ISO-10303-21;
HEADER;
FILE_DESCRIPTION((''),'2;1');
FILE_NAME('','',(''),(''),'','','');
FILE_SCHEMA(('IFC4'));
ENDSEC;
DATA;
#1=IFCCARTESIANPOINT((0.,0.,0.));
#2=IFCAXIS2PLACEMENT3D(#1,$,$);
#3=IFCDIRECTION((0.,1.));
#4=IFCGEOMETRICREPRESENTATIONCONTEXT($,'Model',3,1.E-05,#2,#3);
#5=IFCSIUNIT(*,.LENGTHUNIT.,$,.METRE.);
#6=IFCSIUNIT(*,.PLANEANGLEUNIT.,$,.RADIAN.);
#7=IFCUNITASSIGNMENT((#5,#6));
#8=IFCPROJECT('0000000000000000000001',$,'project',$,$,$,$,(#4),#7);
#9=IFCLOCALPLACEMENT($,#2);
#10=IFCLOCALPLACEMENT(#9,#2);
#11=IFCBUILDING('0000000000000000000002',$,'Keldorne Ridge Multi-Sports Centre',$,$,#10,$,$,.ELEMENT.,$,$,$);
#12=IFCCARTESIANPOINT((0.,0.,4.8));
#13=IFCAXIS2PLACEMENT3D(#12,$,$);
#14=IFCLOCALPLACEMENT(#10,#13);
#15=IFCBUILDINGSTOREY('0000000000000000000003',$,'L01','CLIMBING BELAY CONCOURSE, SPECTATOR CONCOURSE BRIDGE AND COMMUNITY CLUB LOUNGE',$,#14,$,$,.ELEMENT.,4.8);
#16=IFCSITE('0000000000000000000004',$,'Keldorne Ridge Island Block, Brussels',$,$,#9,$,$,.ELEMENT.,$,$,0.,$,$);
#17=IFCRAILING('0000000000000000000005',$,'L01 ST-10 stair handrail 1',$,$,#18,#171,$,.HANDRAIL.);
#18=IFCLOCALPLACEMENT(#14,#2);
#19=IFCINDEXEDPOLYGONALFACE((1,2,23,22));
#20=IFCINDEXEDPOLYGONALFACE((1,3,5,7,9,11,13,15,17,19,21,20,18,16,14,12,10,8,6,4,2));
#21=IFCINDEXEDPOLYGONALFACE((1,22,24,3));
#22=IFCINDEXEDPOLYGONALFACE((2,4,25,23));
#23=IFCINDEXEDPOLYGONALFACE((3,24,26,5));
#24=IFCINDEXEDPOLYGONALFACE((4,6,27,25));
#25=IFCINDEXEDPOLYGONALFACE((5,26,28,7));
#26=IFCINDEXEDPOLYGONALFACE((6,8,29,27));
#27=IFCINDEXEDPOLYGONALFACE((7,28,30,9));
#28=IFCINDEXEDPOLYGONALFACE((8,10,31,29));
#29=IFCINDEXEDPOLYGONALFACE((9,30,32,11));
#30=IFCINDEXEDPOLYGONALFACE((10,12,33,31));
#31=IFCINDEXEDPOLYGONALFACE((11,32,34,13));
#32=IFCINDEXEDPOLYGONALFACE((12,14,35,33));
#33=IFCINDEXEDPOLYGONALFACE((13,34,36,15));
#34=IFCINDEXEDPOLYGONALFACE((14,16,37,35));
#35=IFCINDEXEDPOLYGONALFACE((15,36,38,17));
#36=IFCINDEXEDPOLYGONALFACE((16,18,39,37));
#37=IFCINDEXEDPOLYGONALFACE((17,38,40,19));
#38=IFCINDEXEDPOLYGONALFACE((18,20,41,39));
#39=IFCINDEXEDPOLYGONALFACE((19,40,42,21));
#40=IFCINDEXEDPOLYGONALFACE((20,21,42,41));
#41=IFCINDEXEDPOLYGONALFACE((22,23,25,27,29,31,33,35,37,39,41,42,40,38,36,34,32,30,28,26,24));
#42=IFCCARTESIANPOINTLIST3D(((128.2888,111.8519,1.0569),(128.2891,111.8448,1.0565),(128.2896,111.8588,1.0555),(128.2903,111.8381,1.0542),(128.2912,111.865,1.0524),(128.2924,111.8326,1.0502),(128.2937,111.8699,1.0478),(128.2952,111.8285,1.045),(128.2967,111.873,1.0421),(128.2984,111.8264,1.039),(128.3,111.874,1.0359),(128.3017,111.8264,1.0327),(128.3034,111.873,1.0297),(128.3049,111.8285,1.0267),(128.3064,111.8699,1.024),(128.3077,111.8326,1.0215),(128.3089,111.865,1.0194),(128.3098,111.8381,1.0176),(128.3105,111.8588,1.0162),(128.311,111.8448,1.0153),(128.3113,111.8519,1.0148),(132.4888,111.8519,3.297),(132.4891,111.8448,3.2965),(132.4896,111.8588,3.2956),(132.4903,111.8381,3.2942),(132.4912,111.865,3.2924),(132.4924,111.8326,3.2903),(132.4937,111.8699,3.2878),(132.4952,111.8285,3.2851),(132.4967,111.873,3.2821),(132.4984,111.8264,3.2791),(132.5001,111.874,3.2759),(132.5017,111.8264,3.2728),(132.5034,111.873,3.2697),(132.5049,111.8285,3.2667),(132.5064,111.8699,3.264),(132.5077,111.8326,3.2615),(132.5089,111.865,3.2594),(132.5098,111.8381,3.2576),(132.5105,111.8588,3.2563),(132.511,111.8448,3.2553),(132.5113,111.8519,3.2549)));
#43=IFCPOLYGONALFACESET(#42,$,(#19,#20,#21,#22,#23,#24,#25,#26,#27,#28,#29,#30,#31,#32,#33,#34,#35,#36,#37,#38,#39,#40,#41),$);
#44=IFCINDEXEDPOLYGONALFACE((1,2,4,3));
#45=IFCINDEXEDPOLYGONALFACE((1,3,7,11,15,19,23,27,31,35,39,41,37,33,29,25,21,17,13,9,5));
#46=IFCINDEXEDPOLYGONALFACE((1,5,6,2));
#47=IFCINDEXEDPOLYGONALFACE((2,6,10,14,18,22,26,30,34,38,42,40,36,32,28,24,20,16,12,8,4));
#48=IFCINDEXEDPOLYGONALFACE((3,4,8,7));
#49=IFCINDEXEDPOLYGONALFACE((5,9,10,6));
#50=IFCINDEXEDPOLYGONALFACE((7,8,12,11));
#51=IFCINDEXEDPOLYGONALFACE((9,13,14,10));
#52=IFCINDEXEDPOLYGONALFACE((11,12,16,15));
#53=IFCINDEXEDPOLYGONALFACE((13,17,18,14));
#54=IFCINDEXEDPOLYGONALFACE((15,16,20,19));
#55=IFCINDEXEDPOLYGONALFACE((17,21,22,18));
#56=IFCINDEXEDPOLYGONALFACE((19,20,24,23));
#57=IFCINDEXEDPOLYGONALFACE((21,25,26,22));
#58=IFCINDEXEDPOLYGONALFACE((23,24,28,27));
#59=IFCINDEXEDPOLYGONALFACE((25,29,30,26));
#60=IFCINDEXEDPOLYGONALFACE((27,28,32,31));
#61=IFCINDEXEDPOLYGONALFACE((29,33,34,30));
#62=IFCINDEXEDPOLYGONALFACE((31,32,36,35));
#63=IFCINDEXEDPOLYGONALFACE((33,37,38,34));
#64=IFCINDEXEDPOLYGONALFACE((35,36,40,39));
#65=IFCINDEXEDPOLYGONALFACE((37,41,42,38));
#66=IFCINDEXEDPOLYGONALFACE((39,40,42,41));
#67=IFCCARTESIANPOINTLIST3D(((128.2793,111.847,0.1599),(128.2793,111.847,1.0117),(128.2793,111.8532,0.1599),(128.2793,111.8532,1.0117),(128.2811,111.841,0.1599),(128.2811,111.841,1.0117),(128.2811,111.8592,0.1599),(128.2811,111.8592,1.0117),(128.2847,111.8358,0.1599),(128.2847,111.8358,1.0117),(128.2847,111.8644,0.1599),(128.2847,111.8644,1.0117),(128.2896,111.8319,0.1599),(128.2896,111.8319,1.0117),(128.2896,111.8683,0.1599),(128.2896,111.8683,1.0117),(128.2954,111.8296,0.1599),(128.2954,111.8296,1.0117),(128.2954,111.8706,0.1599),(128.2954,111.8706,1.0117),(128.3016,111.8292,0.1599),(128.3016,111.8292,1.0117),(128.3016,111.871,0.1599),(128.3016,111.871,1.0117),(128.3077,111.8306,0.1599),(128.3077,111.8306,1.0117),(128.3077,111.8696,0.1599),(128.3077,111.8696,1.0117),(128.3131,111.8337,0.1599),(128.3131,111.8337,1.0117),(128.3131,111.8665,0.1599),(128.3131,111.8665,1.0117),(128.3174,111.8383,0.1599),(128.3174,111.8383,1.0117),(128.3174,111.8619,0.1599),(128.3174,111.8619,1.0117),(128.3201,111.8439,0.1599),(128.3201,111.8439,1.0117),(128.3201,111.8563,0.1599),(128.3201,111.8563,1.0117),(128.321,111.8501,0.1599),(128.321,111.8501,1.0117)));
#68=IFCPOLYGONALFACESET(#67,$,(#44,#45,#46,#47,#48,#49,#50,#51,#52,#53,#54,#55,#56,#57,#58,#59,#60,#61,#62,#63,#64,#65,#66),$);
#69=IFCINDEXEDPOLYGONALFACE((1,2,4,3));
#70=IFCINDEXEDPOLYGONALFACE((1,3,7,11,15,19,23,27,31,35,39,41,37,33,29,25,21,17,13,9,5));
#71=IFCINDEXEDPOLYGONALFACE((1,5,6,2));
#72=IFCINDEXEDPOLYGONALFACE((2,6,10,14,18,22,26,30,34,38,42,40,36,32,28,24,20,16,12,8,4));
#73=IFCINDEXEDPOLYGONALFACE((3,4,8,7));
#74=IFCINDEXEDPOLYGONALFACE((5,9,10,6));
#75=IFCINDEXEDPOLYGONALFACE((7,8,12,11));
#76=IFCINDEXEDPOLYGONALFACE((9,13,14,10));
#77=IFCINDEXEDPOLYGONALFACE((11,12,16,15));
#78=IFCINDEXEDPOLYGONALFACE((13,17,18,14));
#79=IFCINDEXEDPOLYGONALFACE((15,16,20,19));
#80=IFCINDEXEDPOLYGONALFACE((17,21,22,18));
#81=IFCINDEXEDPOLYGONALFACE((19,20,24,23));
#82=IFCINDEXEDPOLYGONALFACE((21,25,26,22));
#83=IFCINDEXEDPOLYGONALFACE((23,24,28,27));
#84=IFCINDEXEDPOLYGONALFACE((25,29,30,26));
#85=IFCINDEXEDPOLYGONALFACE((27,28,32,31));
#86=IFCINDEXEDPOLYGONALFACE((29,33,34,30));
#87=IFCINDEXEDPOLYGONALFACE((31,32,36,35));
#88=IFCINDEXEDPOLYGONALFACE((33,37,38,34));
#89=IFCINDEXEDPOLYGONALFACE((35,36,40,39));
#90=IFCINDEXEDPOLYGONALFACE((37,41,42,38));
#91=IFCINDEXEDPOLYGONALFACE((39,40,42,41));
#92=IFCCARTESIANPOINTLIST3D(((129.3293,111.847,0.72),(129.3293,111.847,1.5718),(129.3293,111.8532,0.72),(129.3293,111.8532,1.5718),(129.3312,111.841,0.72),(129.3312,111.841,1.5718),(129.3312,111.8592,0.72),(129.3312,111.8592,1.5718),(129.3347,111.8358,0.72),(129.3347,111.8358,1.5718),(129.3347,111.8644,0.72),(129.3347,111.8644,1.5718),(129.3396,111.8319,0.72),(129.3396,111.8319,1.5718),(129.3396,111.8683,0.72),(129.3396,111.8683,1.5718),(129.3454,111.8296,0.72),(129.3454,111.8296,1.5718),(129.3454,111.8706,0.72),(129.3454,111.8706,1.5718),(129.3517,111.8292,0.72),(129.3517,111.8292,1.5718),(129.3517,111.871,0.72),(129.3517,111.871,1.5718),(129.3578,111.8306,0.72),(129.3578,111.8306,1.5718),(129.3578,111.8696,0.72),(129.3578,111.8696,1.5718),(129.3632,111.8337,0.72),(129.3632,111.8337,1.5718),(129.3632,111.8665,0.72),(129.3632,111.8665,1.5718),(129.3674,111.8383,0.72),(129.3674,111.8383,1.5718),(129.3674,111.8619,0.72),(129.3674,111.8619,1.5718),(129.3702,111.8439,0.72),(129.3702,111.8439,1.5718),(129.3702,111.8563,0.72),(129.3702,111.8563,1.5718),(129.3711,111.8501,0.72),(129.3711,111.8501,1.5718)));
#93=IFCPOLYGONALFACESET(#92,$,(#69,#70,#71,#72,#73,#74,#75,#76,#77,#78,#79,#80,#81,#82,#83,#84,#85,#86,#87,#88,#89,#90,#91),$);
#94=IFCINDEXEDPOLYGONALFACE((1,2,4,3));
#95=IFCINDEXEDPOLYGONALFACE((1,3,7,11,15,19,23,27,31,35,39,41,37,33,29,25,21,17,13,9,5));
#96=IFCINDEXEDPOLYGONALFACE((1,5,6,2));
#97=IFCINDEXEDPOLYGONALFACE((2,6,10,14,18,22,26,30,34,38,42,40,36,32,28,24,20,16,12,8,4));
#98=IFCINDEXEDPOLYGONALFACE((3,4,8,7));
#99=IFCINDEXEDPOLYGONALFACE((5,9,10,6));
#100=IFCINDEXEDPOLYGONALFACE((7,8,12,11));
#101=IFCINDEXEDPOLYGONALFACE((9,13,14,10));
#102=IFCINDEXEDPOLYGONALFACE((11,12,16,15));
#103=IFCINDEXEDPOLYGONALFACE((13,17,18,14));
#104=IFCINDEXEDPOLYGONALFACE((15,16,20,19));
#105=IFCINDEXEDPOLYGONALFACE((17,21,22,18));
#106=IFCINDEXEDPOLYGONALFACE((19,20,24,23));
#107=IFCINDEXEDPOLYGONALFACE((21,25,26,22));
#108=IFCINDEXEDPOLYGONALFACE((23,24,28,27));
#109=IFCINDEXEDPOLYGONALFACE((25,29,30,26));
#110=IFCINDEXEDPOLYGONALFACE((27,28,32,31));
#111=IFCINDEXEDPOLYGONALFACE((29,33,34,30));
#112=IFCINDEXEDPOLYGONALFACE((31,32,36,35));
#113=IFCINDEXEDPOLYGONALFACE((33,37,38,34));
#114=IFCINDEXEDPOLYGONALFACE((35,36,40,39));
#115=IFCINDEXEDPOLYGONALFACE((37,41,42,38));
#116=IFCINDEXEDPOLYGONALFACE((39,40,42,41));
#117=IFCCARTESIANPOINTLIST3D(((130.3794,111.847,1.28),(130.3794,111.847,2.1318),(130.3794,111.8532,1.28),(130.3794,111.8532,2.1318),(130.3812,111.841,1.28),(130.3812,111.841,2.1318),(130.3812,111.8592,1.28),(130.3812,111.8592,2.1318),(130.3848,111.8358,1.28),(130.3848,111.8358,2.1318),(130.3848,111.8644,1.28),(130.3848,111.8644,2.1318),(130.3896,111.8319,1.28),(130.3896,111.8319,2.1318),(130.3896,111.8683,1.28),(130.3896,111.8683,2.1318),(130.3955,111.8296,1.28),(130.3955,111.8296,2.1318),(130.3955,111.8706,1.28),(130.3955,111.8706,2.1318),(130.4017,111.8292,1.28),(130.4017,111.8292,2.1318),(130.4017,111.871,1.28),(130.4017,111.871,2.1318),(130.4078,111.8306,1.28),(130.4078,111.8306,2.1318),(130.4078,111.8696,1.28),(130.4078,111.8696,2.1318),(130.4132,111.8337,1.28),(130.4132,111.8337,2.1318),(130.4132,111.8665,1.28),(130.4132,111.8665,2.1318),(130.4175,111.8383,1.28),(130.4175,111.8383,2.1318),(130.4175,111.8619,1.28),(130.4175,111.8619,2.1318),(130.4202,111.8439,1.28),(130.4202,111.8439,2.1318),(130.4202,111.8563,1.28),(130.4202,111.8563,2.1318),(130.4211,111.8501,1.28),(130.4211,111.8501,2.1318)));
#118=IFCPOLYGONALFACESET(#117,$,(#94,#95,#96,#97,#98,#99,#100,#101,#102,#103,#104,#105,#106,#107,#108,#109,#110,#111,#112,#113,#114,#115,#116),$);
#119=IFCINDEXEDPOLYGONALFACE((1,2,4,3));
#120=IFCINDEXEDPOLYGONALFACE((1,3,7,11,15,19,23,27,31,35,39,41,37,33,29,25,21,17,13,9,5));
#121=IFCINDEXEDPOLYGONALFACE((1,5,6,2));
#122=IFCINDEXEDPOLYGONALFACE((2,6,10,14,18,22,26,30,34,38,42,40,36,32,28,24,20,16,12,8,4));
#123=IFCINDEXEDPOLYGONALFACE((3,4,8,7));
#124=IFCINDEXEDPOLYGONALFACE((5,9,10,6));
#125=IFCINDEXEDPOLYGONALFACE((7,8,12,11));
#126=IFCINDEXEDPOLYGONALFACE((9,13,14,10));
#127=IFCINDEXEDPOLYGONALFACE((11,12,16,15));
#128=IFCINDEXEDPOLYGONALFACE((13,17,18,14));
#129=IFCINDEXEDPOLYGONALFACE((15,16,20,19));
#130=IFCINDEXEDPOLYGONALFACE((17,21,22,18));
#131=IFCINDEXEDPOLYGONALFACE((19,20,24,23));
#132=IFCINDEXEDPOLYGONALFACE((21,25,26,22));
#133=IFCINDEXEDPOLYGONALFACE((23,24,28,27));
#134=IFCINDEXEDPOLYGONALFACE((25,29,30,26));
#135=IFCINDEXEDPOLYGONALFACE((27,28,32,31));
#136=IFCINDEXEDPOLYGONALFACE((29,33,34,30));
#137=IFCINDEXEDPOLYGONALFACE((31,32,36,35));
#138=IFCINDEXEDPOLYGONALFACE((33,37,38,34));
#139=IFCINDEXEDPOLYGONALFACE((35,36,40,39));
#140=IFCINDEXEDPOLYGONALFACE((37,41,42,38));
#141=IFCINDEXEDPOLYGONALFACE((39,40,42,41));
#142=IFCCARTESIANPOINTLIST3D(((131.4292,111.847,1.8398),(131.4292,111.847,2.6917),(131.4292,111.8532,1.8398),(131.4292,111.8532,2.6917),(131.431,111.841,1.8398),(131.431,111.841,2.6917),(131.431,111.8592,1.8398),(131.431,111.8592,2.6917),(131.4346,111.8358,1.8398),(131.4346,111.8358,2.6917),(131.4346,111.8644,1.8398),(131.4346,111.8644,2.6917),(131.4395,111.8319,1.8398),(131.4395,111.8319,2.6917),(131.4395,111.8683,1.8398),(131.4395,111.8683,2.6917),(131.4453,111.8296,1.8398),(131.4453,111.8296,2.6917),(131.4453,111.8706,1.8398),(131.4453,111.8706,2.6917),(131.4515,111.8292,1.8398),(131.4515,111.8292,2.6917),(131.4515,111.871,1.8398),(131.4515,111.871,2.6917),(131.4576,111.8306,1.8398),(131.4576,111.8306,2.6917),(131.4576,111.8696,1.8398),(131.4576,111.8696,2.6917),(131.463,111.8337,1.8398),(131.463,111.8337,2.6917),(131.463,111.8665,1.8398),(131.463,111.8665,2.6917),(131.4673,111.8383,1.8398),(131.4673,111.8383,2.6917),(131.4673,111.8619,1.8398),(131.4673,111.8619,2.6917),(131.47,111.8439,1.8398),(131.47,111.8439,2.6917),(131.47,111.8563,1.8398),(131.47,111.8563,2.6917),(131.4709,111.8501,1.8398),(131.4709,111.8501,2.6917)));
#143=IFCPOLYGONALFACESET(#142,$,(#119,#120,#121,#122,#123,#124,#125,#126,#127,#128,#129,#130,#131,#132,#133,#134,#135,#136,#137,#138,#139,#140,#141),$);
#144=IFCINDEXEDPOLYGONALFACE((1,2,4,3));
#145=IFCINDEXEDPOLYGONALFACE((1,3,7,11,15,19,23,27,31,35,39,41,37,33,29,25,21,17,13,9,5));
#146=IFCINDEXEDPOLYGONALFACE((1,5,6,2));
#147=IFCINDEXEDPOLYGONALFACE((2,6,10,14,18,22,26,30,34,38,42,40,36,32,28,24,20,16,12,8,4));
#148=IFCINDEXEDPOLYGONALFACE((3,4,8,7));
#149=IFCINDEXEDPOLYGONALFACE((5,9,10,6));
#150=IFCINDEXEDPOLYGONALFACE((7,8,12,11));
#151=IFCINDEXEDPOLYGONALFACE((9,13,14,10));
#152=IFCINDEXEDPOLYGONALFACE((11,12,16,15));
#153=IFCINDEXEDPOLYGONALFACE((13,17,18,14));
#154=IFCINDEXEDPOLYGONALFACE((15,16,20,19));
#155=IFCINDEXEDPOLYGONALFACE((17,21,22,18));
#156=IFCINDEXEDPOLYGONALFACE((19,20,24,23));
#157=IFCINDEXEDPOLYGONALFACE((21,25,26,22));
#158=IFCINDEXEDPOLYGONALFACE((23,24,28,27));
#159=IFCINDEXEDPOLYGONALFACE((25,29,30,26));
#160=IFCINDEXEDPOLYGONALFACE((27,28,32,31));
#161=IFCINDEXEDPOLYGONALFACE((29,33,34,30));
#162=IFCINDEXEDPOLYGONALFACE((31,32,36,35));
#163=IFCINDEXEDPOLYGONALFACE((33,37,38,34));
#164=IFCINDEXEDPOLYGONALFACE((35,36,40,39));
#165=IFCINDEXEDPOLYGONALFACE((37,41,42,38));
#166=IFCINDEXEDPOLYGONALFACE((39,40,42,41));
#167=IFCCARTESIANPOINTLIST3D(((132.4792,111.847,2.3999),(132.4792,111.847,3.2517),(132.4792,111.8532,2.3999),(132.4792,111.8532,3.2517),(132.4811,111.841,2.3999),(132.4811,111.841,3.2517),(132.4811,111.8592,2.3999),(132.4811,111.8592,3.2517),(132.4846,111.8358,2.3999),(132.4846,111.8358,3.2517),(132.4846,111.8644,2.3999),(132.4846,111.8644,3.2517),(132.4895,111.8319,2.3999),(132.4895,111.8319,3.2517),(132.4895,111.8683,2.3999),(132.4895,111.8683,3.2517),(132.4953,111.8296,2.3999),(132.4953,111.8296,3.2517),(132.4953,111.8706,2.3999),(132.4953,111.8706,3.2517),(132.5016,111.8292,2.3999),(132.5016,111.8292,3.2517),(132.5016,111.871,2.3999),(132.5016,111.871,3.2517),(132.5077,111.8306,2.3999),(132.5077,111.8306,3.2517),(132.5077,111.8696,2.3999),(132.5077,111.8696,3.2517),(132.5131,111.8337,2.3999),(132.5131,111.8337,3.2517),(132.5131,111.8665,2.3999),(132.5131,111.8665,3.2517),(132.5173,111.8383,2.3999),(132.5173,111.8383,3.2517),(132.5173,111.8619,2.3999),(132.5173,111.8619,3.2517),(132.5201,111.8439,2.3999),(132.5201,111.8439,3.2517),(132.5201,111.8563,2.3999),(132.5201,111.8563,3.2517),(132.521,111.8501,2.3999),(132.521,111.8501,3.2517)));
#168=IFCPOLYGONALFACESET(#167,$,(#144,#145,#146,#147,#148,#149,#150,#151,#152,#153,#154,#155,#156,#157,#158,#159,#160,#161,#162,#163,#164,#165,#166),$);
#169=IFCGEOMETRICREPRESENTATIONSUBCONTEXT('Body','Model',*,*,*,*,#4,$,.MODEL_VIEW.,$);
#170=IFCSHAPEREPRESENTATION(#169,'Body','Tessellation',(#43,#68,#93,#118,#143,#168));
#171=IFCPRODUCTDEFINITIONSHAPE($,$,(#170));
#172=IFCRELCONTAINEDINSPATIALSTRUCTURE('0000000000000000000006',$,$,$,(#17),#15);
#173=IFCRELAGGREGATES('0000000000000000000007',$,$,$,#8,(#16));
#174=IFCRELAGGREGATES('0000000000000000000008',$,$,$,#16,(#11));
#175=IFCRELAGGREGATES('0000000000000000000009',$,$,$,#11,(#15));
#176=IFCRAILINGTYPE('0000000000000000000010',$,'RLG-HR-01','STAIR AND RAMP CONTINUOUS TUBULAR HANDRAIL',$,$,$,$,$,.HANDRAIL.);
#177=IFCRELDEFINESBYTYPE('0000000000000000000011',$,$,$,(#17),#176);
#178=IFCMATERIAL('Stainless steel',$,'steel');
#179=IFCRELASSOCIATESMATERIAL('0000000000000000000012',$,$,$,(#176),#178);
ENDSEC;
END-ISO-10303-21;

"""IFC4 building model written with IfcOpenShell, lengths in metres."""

from ifc_helpers import new_model, si_unit, direction, frame, origin, origin_2d, place, context, subcontext, project, spatial, circle, extrude, material, type_object, element, save


model = new_model("IFC4")

# Units and contexts
model_context = context("Model", 3, precision=1e-05, world=origin(), true_north=direction((0.0, 1.0)))
body_context = subcontext(model_context, "Body", "Model", "MODEL_VIEW")
ifc_project = project(units=[si_unit("LENGTHUNIT", "METRE"), si_unit("PLANEANGLEUNIT", "RADIAN")], contexts=[model_context])

# Site, building, storey
site_placement = place(None, origin())
site = spatial("IfcSite", under=ifc_project, at=site_placement, Name="Keldorne Ridge Island Block, Brussels", CompositionType="ELEMENT", RefElevation=0.0)
building_placement = place(site_placement, origin())
building = spatial("IfcBuilding", under=site, at=building_placement, Name="Keldorne Ridge Multi-Sports Centre", CompositionType="ELEMENT")
storey_placement = place(building_placement, frame((0.0, 0.0, 4.8)))
storey = spatial("IfcBuildingStorey", under=building, at=storey_placement, Name="L01", Description="CLIMBING BELAY CONCOURSE, SPECTATOR CONCOURSE BRIDGE AND COMMUNITY CLUB LOUNGE", CompositionType="ELEMENT", Elevation=4.8)

# Railing
ifc_material_1 = material(Name="Stainless steel", Category="steel")
railing_type_1 = type_object("IfcRailingType", Name="RLG-HR-01", Description="STAIR AND RAMP CONTINUOUS TUBULAR HANDRAIL", PredefinedType="HANDRAIL", material=ifc_material_1)
railing_1_placement = place(storey_placement, frame((128.3, 111.8501, 0.1599)))
element("IfcRailing", 1, at=railing_1_placement, inside=storey, type_object=railing_type_1, Name="L01 ST-10 stair handrail 1", PredefinedType="HANDRAIL", context=body_context, shape_type="SweptSolid", body=[
    extrude(circle(Radius=0.0239, at=origin_2d()), frame((0.0, 0.0, 0.876), z_axis=(0.882352, 0.0, 0.470591), x_axis=(0.0, 1.0, 0.0)), (0.0, 0.0, 1.0), 4.76),
    extrude(circle(Radius=0.021, at=origin_2d()), origin(), (0.0, 0.0, 1.0), 0.8518),
    extrude(circle(Radius=0.021, at=origin_2d()), frame((1.05, 0.0, 0.5601)), (0.0, 0.0, 1.0), 0.8518),
    extrude(circle(Radius=0.021, at=origin_2d()), frame((2.1001, 0.0, 1.1201)), (0.0, 0.0, 1.0), 0.8518),
    extrude(circle(Radius=0.021, at=origin_2d()), frame((3.1499, 0.0, 1.6799)), (0.0, 0.0, 1.0), 0.8518),
    extrude(circle(Radius=0.021, at=origin_2d()), frame((4.2, 0.0, 2.24)), (0.0, 0.0, 1.0), 0.8518),
])

save(model, "model.ifc")
